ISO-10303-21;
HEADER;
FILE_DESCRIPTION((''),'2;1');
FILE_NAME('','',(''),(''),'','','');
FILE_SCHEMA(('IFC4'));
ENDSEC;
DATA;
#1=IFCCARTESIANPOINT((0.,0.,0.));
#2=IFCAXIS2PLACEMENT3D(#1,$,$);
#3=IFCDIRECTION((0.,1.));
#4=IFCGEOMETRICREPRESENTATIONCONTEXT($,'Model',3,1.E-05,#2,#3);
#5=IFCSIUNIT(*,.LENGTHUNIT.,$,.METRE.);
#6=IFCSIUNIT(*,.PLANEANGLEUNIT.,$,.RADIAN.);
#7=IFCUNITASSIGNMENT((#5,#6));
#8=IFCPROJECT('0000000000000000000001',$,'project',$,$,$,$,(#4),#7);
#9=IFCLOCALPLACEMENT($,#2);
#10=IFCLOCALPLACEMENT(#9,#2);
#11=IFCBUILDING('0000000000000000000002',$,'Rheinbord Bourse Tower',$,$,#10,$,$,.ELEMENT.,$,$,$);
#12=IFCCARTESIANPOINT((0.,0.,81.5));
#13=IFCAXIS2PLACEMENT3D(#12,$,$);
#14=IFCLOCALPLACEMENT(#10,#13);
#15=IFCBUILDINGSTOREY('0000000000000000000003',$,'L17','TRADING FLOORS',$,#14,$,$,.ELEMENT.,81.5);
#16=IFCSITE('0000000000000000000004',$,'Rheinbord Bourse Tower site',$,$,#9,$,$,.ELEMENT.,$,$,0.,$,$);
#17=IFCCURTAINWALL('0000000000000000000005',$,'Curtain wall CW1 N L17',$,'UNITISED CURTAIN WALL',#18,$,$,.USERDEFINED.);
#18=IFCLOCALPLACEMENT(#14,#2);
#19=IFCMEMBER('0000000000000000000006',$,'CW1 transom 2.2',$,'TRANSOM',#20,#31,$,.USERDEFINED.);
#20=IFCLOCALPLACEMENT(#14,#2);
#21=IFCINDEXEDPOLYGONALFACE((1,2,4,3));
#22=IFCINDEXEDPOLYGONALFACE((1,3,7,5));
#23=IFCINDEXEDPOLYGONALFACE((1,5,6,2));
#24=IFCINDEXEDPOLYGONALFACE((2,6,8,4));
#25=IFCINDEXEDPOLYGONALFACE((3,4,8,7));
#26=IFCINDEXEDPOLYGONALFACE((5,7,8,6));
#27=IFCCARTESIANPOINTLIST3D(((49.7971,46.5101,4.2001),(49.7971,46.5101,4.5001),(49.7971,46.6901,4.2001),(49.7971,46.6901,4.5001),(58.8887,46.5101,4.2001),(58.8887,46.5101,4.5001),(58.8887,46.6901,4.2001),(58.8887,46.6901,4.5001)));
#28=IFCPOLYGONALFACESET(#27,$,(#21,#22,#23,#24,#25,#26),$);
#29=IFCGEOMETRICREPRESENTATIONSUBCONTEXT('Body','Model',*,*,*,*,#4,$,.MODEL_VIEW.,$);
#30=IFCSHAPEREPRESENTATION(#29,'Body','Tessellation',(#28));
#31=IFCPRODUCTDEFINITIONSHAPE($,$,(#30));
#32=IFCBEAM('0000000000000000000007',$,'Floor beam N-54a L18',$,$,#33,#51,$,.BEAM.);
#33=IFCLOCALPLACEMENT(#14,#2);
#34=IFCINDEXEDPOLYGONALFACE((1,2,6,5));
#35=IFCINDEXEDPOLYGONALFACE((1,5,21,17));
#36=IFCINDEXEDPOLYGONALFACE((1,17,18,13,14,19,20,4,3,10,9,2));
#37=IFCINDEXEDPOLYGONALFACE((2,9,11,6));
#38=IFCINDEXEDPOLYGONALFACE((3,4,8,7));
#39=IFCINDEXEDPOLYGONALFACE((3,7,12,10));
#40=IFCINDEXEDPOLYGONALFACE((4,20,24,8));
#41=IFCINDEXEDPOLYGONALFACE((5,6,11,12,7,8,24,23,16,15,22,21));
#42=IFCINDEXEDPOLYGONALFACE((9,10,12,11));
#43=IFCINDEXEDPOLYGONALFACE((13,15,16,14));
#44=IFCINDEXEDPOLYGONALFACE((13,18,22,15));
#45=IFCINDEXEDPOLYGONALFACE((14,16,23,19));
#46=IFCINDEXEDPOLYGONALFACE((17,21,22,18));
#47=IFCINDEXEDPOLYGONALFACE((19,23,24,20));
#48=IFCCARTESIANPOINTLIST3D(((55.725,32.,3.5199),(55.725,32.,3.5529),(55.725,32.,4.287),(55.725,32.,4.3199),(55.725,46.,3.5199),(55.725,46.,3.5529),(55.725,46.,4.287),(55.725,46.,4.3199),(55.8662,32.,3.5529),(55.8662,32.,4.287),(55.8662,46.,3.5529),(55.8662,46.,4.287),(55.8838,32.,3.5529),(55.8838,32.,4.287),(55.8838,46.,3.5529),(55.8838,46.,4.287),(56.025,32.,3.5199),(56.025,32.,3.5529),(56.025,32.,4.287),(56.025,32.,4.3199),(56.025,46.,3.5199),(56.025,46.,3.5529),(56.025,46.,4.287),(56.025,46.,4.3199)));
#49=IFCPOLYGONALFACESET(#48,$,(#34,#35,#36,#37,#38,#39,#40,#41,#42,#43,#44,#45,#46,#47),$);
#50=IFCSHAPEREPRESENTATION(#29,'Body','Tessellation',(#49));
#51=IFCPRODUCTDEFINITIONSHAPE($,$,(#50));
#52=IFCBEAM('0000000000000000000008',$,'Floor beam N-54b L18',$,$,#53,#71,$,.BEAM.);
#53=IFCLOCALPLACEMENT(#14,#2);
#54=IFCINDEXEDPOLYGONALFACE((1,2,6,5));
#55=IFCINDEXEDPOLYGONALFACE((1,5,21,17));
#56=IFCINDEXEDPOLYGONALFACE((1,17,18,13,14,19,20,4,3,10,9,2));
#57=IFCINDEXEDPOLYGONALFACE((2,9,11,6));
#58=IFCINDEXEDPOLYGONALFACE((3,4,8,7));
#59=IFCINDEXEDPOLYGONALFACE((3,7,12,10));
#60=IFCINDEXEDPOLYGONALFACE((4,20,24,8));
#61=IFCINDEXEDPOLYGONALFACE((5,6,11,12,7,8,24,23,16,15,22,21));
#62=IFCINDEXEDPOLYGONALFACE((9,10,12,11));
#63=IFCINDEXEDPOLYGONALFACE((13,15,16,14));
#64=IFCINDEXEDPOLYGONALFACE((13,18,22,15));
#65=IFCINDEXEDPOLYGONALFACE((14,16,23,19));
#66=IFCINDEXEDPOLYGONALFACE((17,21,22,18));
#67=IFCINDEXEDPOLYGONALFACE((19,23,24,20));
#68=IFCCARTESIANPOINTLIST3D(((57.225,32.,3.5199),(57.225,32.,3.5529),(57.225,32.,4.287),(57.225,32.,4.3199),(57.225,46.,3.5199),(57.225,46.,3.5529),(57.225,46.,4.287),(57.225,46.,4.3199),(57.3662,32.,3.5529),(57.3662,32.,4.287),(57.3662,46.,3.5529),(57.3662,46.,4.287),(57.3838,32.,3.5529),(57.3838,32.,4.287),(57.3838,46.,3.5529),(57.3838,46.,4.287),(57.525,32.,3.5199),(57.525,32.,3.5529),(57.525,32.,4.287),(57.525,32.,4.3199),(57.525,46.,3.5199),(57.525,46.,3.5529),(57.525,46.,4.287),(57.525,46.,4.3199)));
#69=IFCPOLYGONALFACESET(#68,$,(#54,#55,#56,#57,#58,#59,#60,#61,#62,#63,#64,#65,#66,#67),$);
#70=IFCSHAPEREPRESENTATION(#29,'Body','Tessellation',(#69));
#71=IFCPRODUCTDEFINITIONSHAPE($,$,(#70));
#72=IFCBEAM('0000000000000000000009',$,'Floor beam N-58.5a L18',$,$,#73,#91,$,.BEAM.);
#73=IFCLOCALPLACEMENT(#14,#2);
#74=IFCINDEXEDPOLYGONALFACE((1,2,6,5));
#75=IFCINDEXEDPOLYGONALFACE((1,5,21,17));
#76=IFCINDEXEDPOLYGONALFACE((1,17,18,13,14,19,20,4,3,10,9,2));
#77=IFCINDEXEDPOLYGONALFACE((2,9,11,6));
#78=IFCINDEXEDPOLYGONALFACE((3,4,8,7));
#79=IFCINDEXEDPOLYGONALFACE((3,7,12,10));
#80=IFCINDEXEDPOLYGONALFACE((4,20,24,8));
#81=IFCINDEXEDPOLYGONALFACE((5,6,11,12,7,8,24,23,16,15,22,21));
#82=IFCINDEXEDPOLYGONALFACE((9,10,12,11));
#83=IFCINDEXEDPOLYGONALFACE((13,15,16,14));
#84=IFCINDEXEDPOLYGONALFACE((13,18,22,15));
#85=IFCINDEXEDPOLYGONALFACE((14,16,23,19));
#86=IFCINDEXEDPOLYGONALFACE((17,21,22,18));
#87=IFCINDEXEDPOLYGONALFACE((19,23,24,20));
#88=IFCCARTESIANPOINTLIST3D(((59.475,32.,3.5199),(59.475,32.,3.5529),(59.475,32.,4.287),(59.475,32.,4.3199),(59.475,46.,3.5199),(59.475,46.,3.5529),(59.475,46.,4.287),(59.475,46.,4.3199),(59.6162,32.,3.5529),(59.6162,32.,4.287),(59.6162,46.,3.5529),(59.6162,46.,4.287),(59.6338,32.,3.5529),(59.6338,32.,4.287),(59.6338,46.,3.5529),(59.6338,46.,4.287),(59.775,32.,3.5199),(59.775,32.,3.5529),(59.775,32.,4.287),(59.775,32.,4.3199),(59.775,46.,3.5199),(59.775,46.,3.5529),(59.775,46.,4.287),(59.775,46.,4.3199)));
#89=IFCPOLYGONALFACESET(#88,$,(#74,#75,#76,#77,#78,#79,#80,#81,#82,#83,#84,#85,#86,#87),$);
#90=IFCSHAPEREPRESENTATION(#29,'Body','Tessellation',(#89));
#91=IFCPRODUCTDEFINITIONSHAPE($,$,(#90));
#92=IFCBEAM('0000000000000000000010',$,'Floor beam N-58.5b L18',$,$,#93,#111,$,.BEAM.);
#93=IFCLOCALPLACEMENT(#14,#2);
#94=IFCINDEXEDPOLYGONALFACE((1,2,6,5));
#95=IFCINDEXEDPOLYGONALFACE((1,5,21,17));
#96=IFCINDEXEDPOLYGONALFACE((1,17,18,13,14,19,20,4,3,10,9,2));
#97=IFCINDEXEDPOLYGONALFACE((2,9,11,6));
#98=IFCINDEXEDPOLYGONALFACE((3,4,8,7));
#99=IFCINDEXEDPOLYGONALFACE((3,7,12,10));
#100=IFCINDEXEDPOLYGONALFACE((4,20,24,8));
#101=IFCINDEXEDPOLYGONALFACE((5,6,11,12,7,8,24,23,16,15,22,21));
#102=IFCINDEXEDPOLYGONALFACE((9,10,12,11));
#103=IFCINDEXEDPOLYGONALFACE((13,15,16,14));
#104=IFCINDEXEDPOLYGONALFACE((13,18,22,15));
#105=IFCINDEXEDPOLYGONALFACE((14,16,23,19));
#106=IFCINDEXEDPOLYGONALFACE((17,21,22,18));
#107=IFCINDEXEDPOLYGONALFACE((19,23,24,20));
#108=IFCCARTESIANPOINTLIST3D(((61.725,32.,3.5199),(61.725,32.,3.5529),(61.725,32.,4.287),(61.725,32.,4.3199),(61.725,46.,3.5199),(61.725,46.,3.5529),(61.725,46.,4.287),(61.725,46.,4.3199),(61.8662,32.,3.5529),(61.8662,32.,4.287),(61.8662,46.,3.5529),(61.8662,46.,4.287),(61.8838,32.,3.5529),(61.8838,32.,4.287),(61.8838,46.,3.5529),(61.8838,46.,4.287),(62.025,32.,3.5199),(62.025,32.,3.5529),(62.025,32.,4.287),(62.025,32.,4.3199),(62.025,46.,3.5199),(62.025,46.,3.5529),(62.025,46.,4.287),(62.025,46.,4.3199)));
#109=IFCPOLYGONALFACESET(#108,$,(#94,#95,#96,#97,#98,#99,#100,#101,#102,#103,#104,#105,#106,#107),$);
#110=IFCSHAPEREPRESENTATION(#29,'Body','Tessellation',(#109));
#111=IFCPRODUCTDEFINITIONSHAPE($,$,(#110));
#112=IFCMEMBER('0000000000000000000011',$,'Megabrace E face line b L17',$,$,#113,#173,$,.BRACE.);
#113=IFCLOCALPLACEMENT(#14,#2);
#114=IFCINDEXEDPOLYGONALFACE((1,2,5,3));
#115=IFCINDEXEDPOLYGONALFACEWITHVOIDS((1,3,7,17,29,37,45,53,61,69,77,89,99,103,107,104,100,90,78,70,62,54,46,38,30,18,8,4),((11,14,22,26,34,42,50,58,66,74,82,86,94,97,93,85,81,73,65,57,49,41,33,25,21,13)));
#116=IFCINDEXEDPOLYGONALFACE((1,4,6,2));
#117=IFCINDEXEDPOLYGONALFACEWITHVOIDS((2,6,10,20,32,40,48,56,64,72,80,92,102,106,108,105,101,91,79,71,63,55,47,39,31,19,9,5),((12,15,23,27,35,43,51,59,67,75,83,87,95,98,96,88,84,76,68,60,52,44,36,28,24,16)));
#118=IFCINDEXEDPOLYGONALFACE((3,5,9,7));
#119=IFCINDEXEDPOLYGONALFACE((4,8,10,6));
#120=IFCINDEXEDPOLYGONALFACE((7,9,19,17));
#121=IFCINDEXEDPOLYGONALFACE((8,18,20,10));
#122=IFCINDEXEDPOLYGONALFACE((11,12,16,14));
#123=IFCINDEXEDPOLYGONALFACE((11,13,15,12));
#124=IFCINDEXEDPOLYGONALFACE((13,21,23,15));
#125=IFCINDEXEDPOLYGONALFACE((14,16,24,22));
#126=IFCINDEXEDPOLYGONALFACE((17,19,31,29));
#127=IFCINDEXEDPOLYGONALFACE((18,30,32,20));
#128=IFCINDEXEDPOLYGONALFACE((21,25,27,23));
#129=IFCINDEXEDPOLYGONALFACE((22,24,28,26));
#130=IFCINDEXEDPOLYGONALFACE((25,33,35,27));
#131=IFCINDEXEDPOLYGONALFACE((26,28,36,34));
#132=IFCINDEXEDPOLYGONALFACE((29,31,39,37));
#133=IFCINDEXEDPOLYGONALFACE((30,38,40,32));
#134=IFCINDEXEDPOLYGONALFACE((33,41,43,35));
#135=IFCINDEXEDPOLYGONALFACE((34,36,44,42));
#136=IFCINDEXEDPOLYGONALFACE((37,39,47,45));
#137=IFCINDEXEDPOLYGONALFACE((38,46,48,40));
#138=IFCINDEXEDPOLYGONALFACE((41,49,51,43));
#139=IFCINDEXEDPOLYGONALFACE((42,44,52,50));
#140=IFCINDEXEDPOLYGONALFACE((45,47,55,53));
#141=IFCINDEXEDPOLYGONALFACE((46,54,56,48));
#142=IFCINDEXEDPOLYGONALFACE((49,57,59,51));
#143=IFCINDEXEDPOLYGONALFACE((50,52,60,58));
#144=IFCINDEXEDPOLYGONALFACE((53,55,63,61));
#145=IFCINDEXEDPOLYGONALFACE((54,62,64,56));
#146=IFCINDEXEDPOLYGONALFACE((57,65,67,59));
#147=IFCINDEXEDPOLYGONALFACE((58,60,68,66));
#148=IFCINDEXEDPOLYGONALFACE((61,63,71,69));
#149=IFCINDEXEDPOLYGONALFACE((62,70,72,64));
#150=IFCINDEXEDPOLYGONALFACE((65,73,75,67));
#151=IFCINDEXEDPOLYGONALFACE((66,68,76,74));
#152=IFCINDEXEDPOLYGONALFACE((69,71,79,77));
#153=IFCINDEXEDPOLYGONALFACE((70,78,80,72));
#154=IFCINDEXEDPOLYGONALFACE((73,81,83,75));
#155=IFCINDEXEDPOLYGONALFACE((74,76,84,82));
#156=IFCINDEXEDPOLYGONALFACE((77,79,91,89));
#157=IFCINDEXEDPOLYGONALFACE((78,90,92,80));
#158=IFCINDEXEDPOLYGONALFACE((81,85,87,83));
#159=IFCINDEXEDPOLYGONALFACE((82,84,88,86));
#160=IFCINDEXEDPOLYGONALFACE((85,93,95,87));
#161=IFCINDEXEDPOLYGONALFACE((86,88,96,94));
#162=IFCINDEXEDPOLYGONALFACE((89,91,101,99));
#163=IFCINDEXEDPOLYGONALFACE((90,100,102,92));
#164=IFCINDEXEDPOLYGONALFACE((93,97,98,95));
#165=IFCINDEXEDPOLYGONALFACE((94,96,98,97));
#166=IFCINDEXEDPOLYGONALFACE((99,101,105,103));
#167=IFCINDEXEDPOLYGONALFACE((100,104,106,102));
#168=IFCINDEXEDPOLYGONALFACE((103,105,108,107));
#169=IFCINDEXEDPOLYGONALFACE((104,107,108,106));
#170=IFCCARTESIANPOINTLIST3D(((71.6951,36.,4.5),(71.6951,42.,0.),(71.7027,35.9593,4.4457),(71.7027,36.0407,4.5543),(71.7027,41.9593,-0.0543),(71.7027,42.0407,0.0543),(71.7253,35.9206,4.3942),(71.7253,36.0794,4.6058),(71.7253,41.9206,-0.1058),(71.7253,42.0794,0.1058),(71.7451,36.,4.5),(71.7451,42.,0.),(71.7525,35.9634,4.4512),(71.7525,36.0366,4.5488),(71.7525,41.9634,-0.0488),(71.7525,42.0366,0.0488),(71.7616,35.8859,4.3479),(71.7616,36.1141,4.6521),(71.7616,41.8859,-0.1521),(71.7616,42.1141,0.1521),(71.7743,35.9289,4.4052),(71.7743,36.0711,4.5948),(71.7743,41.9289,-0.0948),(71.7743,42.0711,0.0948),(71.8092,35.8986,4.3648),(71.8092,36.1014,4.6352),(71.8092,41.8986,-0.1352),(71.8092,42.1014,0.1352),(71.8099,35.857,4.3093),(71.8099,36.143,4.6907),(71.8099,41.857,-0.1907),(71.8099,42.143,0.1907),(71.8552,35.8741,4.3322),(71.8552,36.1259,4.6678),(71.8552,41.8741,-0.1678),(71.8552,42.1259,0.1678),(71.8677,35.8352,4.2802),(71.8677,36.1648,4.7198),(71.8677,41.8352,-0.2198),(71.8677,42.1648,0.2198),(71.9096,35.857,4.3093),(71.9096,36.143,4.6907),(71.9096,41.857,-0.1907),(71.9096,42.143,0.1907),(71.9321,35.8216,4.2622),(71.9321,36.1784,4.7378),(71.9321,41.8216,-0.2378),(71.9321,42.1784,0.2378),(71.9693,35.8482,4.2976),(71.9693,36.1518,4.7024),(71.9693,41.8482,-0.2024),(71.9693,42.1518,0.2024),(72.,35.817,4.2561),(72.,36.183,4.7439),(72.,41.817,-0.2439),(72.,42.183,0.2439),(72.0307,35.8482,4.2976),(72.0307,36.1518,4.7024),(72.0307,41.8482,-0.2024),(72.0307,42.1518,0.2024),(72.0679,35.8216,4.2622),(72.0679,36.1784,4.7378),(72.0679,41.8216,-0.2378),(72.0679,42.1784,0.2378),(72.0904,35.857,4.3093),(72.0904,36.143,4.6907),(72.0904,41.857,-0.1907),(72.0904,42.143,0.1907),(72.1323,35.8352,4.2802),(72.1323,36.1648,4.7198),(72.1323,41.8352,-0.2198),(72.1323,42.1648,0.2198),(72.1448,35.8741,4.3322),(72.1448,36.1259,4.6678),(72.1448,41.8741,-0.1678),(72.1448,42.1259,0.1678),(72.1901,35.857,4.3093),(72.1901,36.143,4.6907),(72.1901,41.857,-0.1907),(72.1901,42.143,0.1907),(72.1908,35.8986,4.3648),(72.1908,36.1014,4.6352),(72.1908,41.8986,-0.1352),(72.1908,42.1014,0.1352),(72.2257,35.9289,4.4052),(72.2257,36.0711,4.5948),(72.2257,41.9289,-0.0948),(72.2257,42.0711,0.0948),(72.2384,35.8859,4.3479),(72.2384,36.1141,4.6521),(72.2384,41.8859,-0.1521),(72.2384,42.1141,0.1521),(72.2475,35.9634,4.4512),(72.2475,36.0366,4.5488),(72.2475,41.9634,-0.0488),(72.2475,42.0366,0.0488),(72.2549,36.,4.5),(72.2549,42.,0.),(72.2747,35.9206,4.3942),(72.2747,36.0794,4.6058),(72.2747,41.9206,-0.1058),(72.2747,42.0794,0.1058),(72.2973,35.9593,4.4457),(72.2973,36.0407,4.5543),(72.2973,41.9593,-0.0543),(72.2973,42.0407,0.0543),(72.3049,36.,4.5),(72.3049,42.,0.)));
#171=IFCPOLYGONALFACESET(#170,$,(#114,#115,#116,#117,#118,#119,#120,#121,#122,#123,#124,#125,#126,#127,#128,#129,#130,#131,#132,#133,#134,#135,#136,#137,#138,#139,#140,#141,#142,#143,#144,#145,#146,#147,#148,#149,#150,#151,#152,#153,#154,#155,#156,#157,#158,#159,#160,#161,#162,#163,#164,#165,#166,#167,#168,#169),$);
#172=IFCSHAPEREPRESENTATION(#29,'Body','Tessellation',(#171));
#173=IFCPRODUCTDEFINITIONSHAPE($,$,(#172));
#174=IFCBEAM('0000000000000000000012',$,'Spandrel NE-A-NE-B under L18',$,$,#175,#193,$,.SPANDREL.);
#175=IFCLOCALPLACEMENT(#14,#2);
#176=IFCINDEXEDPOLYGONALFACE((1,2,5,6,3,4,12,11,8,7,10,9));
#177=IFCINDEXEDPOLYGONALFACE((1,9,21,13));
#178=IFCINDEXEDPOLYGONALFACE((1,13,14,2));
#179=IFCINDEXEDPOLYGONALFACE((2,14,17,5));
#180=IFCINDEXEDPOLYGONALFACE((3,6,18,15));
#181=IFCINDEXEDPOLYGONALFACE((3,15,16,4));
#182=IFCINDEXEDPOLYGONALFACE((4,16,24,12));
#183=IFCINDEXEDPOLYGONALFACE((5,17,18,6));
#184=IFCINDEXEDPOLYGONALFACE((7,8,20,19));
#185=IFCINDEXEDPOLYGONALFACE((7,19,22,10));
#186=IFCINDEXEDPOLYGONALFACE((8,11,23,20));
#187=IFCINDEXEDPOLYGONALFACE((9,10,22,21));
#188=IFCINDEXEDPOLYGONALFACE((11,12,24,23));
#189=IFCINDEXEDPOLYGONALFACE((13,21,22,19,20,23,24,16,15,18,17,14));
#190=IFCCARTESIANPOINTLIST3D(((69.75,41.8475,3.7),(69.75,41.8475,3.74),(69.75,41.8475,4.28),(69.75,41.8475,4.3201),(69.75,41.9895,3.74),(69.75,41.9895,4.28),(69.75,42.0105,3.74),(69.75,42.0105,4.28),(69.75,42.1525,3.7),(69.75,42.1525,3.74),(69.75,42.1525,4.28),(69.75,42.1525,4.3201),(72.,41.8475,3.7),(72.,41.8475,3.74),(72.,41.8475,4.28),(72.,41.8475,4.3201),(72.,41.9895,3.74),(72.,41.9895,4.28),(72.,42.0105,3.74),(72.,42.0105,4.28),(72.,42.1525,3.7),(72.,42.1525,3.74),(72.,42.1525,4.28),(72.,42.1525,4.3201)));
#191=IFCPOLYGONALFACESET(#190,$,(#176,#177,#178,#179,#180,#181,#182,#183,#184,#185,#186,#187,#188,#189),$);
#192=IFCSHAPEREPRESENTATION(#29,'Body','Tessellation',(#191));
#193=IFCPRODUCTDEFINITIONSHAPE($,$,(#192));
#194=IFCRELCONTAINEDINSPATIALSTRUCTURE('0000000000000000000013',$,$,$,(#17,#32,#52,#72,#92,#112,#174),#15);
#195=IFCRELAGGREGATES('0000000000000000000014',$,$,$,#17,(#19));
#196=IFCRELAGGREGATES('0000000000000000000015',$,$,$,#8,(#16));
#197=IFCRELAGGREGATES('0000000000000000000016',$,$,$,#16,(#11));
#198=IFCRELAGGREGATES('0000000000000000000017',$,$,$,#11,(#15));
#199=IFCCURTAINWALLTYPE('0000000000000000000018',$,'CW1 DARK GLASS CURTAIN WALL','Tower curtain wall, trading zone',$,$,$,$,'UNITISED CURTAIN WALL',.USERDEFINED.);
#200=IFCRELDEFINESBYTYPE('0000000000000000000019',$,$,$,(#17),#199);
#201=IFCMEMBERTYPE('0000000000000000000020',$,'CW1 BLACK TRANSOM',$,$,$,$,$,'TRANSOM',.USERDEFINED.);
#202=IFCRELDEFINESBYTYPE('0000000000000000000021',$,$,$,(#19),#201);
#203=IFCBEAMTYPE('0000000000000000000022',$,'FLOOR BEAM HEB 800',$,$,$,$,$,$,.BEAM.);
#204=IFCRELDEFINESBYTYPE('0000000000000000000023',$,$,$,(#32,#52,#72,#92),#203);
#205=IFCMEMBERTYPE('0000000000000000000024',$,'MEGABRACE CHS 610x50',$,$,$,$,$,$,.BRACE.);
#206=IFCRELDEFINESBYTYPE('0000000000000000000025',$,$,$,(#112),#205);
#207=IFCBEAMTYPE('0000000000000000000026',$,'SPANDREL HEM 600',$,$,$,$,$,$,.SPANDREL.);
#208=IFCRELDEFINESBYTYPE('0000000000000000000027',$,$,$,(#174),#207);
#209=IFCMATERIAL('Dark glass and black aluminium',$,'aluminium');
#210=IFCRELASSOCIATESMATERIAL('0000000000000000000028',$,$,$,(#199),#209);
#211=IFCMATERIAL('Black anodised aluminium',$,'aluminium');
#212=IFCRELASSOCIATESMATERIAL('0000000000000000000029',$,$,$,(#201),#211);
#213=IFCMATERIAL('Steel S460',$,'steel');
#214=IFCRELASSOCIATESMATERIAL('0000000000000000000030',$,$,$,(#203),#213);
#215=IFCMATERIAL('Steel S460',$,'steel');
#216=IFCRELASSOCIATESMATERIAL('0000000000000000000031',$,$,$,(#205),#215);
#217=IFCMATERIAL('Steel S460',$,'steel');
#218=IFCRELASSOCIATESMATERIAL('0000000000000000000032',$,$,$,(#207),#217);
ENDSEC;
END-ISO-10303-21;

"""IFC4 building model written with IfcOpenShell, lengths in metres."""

from ifc_helpers import new_model, si_unit, direction, frame, origin, origin_2d, place, context, subcontext, project, spatial, rectangle, hollow_circle, i_section, extrude, material, material_profile, profile_set, type_object, element, aggregate, save


model = new_model("IFC4")

# Units and contexts
model_context = context("Model", 3, precision=1e-05, world=origin(), true_north=direction((0.0, 1.0)))
body_context = subcontext(model_context, "Body", "Model", "MODEL_VIEW")
ifc_project = project(units=[si_unit("LENGTHUNIT", "METRE"), si_unit("PLANEANGLEUNIT", "RADIAN")], contexts=[model_context])

# Site, building, storey
site_placement = place(None, origin())
site = spatial("IfcSite", under=ifc_project, at=site_placement, Name="Rheinbord Bourse Tower site", CompositionType="ELEMENT", RefElevation=0.0)
building_placement = place(site_placement, origin())
building = spatial("IfcBuilding", under=site, at=building_placement, Name="Rheinbord Bourse Tower", CompositionType="ELEMENT")
storey_placement = place(building_placement, frame((0.0, 0.0, 81.5)))
storey = spatial("IfcBuildingStorey", under=building, at=storey_placement, Name="L17", Description="TRADING FLOORS", CompositionType="ELEMENT", Elevation=81.5)

# Curtain wall, member
ifc_material_1 = material(Name="Dark glass and black aluminium", Category="aluminium")
curtain_wall_type = type_object("IfcCurtainWallType", Name="CW1 DARK GLASS CURTAIN WALL", Description="Tower curtain wall, trading zone", ElementType="UNITISED CURTAIN WALL", PredefinedType="USERDEFINED", material=ifc_material_1)
curtain_wall_1_placement = place(storey_placement, origin())
curtain_wall_1 = element("IfcCurtainWall", 1, at=curtain_wall_1_placement, inside=storey, type_object=curtain_wall_type, Name="Curtain wall CW1 N L17", ObjectType="UNITISED CURTAIN WALL", PredefinedType="USERDEFINED")
ifc_material_2 = material(Name="Black anodised aluminium", Category="aluminium")
ifc_material_profile_1 = material_profile(ifc_material_2, rectangle(XDim=0.1799, YDim=0.3, at=origin_2d()), Name="CW1 TRANSOM 300x180")
ifc_profile_set_1 = profile_set([ifc_material_profile_1], Name="Black anodised aluminium")
member_type_1 = type_object("IfcMemberType", Name="CW1 BLACK TRANSOM", ElementType="TRANSOM", PredefinedType="USERDEFINED", material=ifc_profile_set_1)
member_1_placement = place(storey_placement, frame((58.8887, 46.6001, 4.3501), z_axis=(-1.0, 0.0, 0.0), x_axis=(0.0, -1.0, 0.0)))
member_1 = element("IfcMember", 2, at=member_1_placement, type_object=member_type_1, Name="CW1 transom 2.2", ObjectType="TRANSOM", PredefinedType="USERDEFINED", context=body_context, shape_type="SweptSolid", body=[
    extrude(rectangle(XDim=0.1799, YDim=0.3, at=origin_2d()), origin(), (0.0, 0.0, 1.0), 9.0916),
])

# Beams
ifc_material_3 = material(Name="Steel S460", Category="steel")
ifc_material_profile_2 = material_profile(ifc_material_3, i_section(OverallWidth=0.3, OverallDepth=0.8, WebThickness=0.0176, FlangeThickness=0.033, at=origin_2d()), Name="HEB 800")
ifc_profile_set_2 = profile_set([ifc_material_profile_2], Name="Steel S460")
beam_type_1 = type_object("IfcBeamType", Name="FLOOR BEAM HEB 800", PredefinedType="BEAM", material=ifc_profile_set_2)
for number, where, z_axis, x_axis, name in (
    (3, (55.875, 46.0, 3.9199), (0.0, -1.0, 0.0), (1.0, 0.0, 0.0), "Floor beam N-54a L18"),
    (4, (57.375, 46.0, 3.9199), (0.0, -1.0, 0.0), (1.0, 0.0, 0.0), "Floor beam N-54b L18"),
    (5, (59.625, 46.0, 3.9199), (0.0, -1.0, 0.0), (1.0, 0.0, 0.0), "Floor beam N-58.5a L18"),
    (6, (61.875, 46.0, 3.9199), (0.0, -1.0, 0.0), (1.0, 0.0, 0.0), "Floor beam N-58.5b L18"),
):
    element("IfcBeam", number, at=place(storey_placement, frame(where, z_axis=z_axis, x_axis=x_axis)), inside=storey, type_object=beam_type_1, Name=name, PredefinedType="BEAM", context=body_context, shape_type="SweptSolid", body=[
        extrude(i_section(OverallWidth=0.3, OverallDepth=0.8, WebThickness=0.0176, FlangeThickness=0.033, at=origin_2d()), origin(), (0.0, 0.0, 1.0), 14.0),
    ])

# Member
ifc_material_4 = material(Name="Steel S460", Category="steel")
ifc_material_profile_3 = material_profile(ifc_material_4, hollow_circle(Radius=0.3049, WallThickness=0.05, at=origin_2d()), Name="CHS 610x50")
ifc_profile_set_3 = profile_set([ifc_material_profile_3], Name="Steel S460")
member_type_2 = type_object("IfcMemberType", Name="MEGABRACE CHS 610x50", PredefinedType="BRACE", material=ifc_profile_set_3)
member_2_placement = place(storey_placement, frame((72.0, 42.0, 0.0), z_axis=(0.0, -0.8, 0.6), x_axis=(1.0, 0.0, 0.0)))
element("IfcMember", 7, at=member_2_placement, inside=storey, type_object=member_type_2, Name="Megabrace E face line b L17", PredefinedType="BRACE", context=body_context, shape_type="SweptSolid", body=[
    extrude(hollow_circle(Radius=0.3049, WallThickness=0.05, at=origin_2d()), origin(), (0.0, 0.0, 1.0), 7.5),
])

# Beam
ifc_material_5 = material(Name="Steel S460", Category="steel")
ifc_material_profile_4 = material_profile(ifc_material_5, i_section(OverallWidth=0.3049, OverallDepth=0.6201, WebThickness=0.021, FlangeThickness=0.04, at=origin_2d()), Name="HEM 600")
ifc_profile_set_4 = profile_set([ifc_material_profile_4], Name="Steel S460")
beam_type_2 = type_object("IfcBeamType", Name="SPANDREL HEM 600", PredefinedType="SPANDREL", material=ifc_profile_set_4)
for number, where, z_axis, x_axis, name in (
    (8, (72.0, 42.0, 4.01), (-1.0, 0.0, 0.0), (0.0, -1.0, 0.0), "Spandrel NE-A-NE-B under L18"),
):
    element("IfcBeam", number, at=place(storey_placement, frame(where, z_axis=z_axis, x_axis=x_axis)), inside=storey, type_object=beam_type_2, Name=name, PredefinedType="SPANDREL", context=body_context, shape_type="SweptSolid", body=[
        extrude(i_section(OverallWidth=0.3049, OverallDepth=0.6201, WebThickness=0.021, FlangeThickness=0.04, at=origin_2d()), origin(), (0.0, 0.0, 1.0), 2.25),
    ])

aggregate(curtain_wall_1, [member_1])

save(model, "model.ifc")
